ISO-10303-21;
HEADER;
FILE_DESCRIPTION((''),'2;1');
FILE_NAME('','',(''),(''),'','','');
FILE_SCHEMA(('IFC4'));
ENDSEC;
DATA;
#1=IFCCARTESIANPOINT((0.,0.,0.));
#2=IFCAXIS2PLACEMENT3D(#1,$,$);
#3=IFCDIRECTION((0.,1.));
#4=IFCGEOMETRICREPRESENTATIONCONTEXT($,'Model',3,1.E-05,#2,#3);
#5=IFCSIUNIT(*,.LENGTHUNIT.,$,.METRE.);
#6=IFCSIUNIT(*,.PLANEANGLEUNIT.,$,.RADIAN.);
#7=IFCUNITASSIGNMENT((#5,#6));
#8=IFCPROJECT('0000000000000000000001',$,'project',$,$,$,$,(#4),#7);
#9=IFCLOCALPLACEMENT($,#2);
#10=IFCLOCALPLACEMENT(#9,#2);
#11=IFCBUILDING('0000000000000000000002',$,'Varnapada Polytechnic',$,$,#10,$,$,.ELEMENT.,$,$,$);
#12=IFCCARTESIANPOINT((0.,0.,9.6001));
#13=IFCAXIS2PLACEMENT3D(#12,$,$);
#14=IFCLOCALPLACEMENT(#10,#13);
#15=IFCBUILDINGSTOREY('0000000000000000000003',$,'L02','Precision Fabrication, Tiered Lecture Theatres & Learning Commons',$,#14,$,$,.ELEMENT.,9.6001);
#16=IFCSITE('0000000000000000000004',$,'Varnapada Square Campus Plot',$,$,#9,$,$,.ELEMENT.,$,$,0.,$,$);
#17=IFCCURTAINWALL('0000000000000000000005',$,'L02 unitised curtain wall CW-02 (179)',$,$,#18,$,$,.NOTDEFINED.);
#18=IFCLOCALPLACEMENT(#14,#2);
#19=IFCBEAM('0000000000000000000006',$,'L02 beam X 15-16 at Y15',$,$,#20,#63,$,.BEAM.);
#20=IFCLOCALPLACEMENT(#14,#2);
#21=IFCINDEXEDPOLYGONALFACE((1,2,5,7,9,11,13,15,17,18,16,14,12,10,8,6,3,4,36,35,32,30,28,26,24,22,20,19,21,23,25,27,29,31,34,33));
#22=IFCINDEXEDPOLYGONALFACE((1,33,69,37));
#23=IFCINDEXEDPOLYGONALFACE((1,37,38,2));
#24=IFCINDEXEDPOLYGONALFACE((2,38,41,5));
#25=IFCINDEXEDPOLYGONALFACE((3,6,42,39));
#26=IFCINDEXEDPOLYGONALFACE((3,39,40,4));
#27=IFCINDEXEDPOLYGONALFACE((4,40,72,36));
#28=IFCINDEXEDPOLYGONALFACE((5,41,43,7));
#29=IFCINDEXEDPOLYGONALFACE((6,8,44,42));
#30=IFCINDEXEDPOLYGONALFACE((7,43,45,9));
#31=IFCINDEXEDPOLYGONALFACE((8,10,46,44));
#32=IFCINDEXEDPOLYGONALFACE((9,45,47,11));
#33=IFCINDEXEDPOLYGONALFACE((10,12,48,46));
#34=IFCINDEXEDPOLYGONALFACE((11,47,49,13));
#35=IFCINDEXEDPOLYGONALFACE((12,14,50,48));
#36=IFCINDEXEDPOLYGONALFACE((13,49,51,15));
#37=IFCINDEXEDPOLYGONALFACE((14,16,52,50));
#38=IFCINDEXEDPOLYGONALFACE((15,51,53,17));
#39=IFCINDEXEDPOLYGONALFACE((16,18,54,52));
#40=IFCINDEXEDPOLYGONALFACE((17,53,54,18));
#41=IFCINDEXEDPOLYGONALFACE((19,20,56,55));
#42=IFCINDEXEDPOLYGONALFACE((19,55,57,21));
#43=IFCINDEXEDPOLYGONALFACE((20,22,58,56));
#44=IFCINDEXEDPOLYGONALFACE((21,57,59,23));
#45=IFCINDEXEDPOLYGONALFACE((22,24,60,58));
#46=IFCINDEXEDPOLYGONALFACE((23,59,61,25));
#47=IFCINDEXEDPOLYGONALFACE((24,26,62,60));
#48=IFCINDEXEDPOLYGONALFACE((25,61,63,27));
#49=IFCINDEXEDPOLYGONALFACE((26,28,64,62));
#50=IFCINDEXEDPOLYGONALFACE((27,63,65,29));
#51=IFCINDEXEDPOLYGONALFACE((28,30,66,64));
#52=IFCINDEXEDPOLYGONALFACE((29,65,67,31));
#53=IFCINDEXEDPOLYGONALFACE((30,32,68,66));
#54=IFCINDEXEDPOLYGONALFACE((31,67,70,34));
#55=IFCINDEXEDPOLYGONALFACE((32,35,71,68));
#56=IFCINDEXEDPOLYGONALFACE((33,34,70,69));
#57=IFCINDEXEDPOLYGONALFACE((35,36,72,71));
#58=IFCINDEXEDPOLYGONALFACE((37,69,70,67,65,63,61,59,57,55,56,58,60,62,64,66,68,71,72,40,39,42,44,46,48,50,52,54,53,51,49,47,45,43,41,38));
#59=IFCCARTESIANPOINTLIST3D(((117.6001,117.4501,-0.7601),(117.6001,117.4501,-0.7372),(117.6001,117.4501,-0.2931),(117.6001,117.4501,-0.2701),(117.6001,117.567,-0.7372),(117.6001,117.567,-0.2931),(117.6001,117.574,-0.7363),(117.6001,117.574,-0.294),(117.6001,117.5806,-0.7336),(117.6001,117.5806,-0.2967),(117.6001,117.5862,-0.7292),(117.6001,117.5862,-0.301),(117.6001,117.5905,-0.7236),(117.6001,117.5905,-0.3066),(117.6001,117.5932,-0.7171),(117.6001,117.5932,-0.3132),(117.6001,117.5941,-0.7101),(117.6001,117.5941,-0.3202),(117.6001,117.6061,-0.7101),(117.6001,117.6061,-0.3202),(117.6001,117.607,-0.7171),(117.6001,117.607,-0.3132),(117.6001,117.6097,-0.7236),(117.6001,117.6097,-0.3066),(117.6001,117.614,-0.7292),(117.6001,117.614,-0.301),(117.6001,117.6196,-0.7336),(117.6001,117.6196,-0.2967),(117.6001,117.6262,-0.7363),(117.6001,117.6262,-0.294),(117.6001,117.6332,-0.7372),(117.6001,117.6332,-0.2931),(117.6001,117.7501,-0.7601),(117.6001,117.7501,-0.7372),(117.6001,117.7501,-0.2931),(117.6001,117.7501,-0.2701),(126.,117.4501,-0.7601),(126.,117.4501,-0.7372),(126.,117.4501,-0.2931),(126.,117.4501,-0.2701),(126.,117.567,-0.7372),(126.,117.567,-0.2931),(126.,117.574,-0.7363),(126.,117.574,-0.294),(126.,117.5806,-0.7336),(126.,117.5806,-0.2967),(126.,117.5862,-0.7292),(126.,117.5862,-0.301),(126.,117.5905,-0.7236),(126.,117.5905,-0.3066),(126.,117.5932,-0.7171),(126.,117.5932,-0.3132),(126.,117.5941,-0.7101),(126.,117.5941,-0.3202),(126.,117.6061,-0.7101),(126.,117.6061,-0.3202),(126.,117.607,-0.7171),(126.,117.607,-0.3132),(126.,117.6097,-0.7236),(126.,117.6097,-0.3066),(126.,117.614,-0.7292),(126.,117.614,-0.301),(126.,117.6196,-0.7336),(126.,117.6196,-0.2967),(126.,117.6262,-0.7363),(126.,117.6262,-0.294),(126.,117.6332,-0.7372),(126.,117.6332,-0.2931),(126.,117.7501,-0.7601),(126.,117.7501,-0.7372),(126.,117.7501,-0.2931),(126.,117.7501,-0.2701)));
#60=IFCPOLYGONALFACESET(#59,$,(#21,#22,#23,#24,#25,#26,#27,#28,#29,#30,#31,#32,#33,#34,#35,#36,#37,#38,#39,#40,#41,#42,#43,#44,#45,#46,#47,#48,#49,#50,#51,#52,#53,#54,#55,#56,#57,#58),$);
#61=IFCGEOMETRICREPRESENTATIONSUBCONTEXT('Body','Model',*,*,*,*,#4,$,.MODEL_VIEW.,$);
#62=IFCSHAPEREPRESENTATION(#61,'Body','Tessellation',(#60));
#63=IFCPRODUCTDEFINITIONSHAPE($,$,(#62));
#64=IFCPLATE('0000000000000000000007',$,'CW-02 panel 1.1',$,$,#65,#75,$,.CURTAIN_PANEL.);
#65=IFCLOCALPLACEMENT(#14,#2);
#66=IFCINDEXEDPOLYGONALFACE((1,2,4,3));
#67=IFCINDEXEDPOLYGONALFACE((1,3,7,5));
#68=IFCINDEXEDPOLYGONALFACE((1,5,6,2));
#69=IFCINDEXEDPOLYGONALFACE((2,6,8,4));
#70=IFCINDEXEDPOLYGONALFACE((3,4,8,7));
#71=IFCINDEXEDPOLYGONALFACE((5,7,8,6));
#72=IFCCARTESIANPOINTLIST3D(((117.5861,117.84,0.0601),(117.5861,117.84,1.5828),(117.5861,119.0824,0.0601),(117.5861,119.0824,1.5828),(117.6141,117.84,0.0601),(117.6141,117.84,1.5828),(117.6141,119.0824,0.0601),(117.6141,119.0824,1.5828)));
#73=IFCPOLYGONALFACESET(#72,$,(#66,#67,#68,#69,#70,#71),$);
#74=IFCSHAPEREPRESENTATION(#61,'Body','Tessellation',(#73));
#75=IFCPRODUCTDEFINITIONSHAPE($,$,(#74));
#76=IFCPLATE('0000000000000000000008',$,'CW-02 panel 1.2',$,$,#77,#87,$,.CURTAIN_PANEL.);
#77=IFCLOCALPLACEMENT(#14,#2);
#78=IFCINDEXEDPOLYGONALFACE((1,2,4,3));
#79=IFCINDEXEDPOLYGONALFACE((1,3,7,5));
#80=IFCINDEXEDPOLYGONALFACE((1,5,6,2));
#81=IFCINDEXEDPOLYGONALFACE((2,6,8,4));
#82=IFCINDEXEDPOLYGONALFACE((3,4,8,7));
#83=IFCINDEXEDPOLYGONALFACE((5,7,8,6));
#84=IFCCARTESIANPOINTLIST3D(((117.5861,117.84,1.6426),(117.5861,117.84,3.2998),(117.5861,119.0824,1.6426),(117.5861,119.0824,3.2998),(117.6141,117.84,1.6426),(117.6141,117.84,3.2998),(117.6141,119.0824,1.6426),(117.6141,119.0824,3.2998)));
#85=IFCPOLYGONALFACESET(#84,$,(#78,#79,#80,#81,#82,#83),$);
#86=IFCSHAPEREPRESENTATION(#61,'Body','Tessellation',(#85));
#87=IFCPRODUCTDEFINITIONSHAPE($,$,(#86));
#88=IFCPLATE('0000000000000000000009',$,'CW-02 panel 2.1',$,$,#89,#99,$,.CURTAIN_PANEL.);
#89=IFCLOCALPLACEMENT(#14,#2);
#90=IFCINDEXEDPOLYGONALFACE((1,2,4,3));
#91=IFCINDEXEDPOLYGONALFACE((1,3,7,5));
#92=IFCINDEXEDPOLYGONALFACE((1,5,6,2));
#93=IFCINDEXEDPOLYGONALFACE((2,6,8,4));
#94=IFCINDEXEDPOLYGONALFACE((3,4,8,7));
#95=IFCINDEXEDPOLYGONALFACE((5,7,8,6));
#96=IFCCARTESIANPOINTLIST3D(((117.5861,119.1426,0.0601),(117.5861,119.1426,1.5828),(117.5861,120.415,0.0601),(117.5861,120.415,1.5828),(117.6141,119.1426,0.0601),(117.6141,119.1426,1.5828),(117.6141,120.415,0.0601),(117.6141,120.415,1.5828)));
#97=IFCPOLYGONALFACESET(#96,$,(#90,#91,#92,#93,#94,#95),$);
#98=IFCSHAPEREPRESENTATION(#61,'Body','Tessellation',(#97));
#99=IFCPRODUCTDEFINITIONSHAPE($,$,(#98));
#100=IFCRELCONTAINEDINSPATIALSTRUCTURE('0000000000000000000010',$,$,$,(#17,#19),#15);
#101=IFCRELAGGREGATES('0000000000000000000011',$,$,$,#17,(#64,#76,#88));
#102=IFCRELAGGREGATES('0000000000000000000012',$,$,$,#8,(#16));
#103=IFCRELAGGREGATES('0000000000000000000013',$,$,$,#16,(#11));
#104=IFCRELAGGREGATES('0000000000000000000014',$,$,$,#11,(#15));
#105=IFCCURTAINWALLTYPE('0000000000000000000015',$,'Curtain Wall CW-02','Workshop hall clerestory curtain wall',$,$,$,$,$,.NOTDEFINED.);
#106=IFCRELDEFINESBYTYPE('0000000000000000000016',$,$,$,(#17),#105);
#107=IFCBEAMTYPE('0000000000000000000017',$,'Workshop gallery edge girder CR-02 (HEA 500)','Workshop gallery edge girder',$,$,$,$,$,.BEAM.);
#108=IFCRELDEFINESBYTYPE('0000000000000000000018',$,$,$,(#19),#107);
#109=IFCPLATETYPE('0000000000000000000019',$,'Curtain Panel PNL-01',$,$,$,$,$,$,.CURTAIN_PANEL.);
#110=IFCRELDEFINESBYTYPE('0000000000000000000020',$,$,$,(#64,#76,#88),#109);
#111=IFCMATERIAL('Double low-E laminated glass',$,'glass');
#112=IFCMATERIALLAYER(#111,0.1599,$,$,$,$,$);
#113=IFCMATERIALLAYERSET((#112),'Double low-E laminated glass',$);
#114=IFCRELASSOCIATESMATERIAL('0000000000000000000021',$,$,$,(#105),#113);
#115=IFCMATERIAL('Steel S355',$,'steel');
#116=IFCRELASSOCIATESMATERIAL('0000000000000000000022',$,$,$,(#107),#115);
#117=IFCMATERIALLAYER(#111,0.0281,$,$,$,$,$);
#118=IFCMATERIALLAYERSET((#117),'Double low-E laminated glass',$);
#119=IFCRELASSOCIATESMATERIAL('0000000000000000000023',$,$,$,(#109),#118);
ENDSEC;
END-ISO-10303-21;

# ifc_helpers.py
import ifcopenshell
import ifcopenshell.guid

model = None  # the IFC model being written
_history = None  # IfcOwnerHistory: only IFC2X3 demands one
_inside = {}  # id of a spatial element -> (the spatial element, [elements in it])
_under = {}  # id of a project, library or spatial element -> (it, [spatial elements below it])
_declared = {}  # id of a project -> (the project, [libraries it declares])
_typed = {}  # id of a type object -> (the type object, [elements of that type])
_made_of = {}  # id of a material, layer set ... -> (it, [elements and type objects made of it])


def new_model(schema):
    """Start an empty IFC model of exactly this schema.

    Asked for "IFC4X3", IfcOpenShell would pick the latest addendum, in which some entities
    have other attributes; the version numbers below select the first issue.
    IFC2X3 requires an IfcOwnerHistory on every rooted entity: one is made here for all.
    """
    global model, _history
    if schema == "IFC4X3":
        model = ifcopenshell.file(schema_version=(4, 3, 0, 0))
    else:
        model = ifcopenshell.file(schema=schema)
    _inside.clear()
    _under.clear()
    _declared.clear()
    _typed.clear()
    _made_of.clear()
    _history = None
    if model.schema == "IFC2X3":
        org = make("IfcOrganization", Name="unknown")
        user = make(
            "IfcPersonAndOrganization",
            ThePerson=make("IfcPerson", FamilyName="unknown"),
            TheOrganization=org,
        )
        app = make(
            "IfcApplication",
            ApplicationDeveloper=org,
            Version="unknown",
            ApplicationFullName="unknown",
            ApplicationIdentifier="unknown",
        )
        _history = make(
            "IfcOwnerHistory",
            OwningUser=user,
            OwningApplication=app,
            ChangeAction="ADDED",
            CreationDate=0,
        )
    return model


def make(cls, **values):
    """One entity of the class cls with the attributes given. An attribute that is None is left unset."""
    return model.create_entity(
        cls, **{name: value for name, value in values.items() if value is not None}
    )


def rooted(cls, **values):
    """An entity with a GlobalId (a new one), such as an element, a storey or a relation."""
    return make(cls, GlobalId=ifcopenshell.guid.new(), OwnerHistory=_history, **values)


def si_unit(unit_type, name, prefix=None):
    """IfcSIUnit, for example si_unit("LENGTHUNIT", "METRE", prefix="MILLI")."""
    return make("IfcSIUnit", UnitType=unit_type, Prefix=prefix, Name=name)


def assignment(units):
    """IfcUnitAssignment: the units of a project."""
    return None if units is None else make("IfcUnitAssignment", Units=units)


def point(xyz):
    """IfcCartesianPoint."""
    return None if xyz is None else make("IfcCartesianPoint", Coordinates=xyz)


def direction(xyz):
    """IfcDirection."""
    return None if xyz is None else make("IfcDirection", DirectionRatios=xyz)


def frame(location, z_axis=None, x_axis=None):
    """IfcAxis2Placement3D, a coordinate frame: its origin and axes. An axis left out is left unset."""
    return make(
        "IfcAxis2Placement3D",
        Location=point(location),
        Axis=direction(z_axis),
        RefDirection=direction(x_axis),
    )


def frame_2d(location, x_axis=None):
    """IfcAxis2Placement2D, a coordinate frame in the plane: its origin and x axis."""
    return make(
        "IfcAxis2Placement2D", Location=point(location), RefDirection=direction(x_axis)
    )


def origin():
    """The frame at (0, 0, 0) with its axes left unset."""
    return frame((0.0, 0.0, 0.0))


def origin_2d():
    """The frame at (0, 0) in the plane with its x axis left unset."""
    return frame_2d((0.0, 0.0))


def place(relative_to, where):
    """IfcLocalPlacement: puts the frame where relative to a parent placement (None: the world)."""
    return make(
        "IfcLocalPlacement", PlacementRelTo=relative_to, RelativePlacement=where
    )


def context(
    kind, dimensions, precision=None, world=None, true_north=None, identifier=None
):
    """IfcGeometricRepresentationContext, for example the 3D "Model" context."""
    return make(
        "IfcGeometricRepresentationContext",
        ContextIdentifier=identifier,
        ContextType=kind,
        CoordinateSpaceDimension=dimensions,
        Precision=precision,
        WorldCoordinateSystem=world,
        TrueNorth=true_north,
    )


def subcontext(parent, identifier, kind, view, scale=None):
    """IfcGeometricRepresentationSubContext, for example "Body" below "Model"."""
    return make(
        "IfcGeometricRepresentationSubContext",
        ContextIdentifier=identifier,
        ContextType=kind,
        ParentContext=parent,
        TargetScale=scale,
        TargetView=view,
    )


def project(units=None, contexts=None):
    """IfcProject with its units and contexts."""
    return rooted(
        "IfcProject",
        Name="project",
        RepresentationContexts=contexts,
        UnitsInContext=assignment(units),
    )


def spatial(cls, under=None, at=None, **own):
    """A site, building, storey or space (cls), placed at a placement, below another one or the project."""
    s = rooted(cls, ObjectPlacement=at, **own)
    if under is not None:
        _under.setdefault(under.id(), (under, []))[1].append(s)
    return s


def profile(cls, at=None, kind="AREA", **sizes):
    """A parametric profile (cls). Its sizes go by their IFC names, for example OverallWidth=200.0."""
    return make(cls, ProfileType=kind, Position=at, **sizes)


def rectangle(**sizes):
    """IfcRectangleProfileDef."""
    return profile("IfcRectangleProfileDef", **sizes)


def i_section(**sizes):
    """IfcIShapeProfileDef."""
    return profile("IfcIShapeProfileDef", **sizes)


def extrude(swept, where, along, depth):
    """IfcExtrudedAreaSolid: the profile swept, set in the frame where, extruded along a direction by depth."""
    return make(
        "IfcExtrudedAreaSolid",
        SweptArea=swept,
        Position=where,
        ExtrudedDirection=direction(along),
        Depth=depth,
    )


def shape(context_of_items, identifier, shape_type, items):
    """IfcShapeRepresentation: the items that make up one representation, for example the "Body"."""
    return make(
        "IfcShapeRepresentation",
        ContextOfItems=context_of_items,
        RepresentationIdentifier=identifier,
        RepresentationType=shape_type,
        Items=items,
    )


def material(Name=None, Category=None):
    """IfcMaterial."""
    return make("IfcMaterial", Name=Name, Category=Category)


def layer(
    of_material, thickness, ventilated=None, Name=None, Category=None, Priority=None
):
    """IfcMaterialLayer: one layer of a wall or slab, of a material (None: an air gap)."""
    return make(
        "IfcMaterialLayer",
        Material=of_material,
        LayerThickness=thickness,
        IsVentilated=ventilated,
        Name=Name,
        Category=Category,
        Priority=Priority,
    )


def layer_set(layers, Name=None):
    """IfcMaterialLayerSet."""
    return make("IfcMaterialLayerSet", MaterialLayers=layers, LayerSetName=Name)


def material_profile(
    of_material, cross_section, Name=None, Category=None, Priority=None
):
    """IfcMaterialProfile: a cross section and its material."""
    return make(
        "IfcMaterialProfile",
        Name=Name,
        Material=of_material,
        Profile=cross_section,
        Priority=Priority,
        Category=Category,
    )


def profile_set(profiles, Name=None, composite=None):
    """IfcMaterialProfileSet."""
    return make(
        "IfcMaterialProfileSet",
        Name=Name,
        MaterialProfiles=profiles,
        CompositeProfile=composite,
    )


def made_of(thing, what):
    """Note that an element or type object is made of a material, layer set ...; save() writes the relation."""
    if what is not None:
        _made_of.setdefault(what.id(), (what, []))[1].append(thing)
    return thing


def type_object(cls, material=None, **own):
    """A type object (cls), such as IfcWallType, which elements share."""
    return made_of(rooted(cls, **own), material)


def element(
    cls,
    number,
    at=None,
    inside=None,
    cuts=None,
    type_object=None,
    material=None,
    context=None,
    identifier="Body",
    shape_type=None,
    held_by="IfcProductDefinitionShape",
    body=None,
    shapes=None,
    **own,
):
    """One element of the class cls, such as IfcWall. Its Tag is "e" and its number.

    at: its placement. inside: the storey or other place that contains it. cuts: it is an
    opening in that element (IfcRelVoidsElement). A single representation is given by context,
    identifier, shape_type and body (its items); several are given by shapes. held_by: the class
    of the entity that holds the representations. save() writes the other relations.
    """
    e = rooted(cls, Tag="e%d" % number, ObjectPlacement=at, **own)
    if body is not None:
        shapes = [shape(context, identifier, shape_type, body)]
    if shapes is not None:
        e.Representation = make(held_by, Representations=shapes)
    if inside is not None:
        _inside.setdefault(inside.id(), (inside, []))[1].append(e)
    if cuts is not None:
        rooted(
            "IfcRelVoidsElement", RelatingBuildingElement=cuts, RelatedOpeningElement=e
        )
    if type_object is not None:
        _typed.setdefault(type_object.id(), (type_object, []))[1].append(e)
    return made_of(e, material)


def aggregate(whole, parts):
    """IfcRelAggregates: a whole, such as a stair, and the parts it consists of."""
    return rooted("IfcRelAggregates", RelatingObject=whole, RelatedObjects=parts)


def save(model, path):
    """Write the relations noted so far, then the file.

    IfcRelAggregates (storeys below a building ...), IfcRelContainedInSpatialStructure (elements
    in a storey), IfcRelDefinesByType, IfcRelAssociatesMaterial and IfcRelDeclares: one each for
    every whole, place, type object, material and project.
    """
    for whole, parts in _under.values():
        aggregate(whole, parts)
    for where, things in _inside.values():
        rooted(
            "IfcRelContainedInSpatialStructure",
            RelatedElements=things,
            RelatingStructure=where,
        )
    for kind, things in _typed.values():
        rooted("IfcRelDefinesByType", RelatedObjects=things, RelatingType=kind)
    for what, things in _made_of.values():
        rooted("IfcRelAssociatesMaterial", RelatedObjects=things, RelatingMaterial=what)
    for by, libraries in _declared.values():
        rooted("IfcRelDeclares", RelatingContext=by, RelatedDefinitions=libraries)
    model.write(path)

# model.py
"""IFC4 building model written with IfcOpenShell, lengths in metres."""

from ifc_helpers import new_model, si_unit, direction, frame, origin, origin_2d, place, context, subcontext, project, spatial, rectangle, i_section, extrude, material, layer, layer_set, material_profile, profile_set, type_object, element, aggregate, save


model = new_model("IFC4")

# Units and contexts
model_context = context("Model", 3, precision=1e-05, world=origin(), true_north=direction((0.0, 1.0)))
body_context = subcontext(model_context, "Body", "Model", "MODEL_VIEW")
ifc_project = project(units=[si_unit("LENGTHUNIT", "METRE"), si_unit("PLANEANGLEUNIT", "RADIAN")], contexts=[model_context])

# Site, building, storey
site_placement = place(None, origin())
site = spatial("IfcSite", under=ifc_project, at=site_placement, Name="Varnapada Square Campus Plot", CompositionType="ELEMENT", RefElevation=0.0)
building_placement = place(site_placement, origin())
building = spatial("IfcBuilding", under=site, at=building_placement, Name="Varnapada Polytechnic", CompositionType="ELEMENT")
storey_placement = place(building_placement, frame((0.0, 0.0, 9.6001)))
storey = spatial("IfcBuildingStorey", under=building, at=storey_placement, Name="L02", Description="Precision Fabrication, Tiered Lecture Theatres & Learning Commons", CompositionType="ELEMENT", Elevation=9.6001)

# Curtain wall
ifc_material_1 = material(Name="Double low-E laminated glass", Category="glass")
ifc_layer_1 = layer(ifc_material_1, 0.1599)
ifc_layer_set_1 = layer_set([ifc_layer_1], Name="Double low-E laminated glass")
curtain_wall_type = type_object("IfcCurtainWallType", Name="Curtain Wall CW-02", Description="Workshop hall clerestory curtain wall", PredefinedType="NOTDEFINED", material=ifc_layer_set_1)
curtain_wall_placement = place(storey_placement, origin())
curtain_wall = element("IfcCurtainWall", 1, at=curtain_wall_placement, inside=storey, type_object=curtain_wall_type, Name="L02 unitised curtain wall CW-02 (179)", PredefinedType="NOTDEFINED")

# Shared definitions
ifc_material_2 = material(Name="Steel S355", Category="steel")

# Beam
ifc_material_profile_1 = material_profile(ifc_material_2, i_section(OverallWidth=0.3, OverallDepth=0.49, WebThickness=0.012, FlangeThickness=0.0229, FilletRadius=0.0271, at=origin_2d()), Name="HEA 500")
ifc_profile_set_1 = profile_set([ifc_material_profile_1], Name="Steel S355")
beam_type_1 = type_object("IfcBeamType", Name="Workshop gallery edge girder CR-02 (HEA 500)", Description="Workshop gallery edge girder", PredefinedType="BEAM", material=ifc_profile_set_1)
beam_1_placement = place(storey_placement, frame((117.6001, 117.6001, -0.5151), z_axis=(1.0, 0.0, 0.0), x_axis=(0.0, 1.0, 0.0)))
element("IfcBeam", 2, at=beam_1_placement, inside=storey, type_object=beam_type_1, Name="L02 beam X 15-16 at Y15", PredefinedType="BEAM", context=body_context, shape_type="SweptSolid", body=[
    extrude(i_section(OverallWidth=0.3, OverallDepth=0.49, WebThickness=0.012, FlangeThickness=0.0229, FilletRadius=0.0271, at=origin_2d()), origin(), (0.0, 0.0, 1.0), 8.3999),
])

# Plates
ifc_layer_2 = layer(ifc_material_1, 0.0281)
ifc_layer_set_2 = layer_set([ifc_layer_2], Name="Double low-E laminated glass")
plate_type = type_object("IfcPlateType", Name="Curtain Panel PNL-01", PredefinedType="CURTAIN_PANEL", material=ifc_layer_set_2)
plate_1_placement = place(storey_placement, frame((117.6001, 118.4612, 0.0601), z_axis=(0.0, 0.0, 1.0), x_axis=(0.0, 1.0, 0.0)))
plate_1 = element("IfcPlate", 3, at=plate_1_placement, type_object=plate_type, Name="CW-02 panel 1.1", PredefinedType="CURTAIN_PANEL", context=body_context, shape_type="SweptSolid", body=[
    extrude(rectangle(XDim=1.2424, YDim=0.0281, at=origin_2d()), origin(), (0.0, 0.0, 1.0), 1.5227),
])
plate_2_placement = place(storey_placement, frame((117.6001, 118.4612, 1.6426), z_axis=(0.0, 0.0, 1.0), x_axis=(0.0, 1.0, 0.0)))
plate_2 = element("IfcPlate", 4, at=plate_2_placement, type_object=plate_type, Name="CW-02 panel 1.2", PredefinedType="CURTAIN_PANEL", context=body_context, shape_type="SweptSolid", body=[
    extrude(rectangle(XDim=1.2424, YDim=0.0281, at=origin_2d()), origin(), (0.0, 0.0, 1.0), 1.6572),
])
plate_3_placement = place(storey_placement, frame((117.6001, 119.7788, 0.0601), z_axis=(0.0, 0.0, 1.0), x_axis=(0.0, 1.0, 0.0)))
plate_3 = element("IfcPlate", 5, at=plate_3_placement, type_object=plate_type, Name="CW-02 panel 2.1", PredefinedType="CURTAIN_PANEL", context=body_context, shape_type="SweptSolid", body=[
    extrude(rectangle(XDim=1.2725, YDim=0.0281, at=origin_2d()), origin(), (0.0, 0.0, 1.0), 1.5227),
])
aggregate(curtain_wall, [plate_1, plate_2, plate_3])

save(model, "model.ifc")
